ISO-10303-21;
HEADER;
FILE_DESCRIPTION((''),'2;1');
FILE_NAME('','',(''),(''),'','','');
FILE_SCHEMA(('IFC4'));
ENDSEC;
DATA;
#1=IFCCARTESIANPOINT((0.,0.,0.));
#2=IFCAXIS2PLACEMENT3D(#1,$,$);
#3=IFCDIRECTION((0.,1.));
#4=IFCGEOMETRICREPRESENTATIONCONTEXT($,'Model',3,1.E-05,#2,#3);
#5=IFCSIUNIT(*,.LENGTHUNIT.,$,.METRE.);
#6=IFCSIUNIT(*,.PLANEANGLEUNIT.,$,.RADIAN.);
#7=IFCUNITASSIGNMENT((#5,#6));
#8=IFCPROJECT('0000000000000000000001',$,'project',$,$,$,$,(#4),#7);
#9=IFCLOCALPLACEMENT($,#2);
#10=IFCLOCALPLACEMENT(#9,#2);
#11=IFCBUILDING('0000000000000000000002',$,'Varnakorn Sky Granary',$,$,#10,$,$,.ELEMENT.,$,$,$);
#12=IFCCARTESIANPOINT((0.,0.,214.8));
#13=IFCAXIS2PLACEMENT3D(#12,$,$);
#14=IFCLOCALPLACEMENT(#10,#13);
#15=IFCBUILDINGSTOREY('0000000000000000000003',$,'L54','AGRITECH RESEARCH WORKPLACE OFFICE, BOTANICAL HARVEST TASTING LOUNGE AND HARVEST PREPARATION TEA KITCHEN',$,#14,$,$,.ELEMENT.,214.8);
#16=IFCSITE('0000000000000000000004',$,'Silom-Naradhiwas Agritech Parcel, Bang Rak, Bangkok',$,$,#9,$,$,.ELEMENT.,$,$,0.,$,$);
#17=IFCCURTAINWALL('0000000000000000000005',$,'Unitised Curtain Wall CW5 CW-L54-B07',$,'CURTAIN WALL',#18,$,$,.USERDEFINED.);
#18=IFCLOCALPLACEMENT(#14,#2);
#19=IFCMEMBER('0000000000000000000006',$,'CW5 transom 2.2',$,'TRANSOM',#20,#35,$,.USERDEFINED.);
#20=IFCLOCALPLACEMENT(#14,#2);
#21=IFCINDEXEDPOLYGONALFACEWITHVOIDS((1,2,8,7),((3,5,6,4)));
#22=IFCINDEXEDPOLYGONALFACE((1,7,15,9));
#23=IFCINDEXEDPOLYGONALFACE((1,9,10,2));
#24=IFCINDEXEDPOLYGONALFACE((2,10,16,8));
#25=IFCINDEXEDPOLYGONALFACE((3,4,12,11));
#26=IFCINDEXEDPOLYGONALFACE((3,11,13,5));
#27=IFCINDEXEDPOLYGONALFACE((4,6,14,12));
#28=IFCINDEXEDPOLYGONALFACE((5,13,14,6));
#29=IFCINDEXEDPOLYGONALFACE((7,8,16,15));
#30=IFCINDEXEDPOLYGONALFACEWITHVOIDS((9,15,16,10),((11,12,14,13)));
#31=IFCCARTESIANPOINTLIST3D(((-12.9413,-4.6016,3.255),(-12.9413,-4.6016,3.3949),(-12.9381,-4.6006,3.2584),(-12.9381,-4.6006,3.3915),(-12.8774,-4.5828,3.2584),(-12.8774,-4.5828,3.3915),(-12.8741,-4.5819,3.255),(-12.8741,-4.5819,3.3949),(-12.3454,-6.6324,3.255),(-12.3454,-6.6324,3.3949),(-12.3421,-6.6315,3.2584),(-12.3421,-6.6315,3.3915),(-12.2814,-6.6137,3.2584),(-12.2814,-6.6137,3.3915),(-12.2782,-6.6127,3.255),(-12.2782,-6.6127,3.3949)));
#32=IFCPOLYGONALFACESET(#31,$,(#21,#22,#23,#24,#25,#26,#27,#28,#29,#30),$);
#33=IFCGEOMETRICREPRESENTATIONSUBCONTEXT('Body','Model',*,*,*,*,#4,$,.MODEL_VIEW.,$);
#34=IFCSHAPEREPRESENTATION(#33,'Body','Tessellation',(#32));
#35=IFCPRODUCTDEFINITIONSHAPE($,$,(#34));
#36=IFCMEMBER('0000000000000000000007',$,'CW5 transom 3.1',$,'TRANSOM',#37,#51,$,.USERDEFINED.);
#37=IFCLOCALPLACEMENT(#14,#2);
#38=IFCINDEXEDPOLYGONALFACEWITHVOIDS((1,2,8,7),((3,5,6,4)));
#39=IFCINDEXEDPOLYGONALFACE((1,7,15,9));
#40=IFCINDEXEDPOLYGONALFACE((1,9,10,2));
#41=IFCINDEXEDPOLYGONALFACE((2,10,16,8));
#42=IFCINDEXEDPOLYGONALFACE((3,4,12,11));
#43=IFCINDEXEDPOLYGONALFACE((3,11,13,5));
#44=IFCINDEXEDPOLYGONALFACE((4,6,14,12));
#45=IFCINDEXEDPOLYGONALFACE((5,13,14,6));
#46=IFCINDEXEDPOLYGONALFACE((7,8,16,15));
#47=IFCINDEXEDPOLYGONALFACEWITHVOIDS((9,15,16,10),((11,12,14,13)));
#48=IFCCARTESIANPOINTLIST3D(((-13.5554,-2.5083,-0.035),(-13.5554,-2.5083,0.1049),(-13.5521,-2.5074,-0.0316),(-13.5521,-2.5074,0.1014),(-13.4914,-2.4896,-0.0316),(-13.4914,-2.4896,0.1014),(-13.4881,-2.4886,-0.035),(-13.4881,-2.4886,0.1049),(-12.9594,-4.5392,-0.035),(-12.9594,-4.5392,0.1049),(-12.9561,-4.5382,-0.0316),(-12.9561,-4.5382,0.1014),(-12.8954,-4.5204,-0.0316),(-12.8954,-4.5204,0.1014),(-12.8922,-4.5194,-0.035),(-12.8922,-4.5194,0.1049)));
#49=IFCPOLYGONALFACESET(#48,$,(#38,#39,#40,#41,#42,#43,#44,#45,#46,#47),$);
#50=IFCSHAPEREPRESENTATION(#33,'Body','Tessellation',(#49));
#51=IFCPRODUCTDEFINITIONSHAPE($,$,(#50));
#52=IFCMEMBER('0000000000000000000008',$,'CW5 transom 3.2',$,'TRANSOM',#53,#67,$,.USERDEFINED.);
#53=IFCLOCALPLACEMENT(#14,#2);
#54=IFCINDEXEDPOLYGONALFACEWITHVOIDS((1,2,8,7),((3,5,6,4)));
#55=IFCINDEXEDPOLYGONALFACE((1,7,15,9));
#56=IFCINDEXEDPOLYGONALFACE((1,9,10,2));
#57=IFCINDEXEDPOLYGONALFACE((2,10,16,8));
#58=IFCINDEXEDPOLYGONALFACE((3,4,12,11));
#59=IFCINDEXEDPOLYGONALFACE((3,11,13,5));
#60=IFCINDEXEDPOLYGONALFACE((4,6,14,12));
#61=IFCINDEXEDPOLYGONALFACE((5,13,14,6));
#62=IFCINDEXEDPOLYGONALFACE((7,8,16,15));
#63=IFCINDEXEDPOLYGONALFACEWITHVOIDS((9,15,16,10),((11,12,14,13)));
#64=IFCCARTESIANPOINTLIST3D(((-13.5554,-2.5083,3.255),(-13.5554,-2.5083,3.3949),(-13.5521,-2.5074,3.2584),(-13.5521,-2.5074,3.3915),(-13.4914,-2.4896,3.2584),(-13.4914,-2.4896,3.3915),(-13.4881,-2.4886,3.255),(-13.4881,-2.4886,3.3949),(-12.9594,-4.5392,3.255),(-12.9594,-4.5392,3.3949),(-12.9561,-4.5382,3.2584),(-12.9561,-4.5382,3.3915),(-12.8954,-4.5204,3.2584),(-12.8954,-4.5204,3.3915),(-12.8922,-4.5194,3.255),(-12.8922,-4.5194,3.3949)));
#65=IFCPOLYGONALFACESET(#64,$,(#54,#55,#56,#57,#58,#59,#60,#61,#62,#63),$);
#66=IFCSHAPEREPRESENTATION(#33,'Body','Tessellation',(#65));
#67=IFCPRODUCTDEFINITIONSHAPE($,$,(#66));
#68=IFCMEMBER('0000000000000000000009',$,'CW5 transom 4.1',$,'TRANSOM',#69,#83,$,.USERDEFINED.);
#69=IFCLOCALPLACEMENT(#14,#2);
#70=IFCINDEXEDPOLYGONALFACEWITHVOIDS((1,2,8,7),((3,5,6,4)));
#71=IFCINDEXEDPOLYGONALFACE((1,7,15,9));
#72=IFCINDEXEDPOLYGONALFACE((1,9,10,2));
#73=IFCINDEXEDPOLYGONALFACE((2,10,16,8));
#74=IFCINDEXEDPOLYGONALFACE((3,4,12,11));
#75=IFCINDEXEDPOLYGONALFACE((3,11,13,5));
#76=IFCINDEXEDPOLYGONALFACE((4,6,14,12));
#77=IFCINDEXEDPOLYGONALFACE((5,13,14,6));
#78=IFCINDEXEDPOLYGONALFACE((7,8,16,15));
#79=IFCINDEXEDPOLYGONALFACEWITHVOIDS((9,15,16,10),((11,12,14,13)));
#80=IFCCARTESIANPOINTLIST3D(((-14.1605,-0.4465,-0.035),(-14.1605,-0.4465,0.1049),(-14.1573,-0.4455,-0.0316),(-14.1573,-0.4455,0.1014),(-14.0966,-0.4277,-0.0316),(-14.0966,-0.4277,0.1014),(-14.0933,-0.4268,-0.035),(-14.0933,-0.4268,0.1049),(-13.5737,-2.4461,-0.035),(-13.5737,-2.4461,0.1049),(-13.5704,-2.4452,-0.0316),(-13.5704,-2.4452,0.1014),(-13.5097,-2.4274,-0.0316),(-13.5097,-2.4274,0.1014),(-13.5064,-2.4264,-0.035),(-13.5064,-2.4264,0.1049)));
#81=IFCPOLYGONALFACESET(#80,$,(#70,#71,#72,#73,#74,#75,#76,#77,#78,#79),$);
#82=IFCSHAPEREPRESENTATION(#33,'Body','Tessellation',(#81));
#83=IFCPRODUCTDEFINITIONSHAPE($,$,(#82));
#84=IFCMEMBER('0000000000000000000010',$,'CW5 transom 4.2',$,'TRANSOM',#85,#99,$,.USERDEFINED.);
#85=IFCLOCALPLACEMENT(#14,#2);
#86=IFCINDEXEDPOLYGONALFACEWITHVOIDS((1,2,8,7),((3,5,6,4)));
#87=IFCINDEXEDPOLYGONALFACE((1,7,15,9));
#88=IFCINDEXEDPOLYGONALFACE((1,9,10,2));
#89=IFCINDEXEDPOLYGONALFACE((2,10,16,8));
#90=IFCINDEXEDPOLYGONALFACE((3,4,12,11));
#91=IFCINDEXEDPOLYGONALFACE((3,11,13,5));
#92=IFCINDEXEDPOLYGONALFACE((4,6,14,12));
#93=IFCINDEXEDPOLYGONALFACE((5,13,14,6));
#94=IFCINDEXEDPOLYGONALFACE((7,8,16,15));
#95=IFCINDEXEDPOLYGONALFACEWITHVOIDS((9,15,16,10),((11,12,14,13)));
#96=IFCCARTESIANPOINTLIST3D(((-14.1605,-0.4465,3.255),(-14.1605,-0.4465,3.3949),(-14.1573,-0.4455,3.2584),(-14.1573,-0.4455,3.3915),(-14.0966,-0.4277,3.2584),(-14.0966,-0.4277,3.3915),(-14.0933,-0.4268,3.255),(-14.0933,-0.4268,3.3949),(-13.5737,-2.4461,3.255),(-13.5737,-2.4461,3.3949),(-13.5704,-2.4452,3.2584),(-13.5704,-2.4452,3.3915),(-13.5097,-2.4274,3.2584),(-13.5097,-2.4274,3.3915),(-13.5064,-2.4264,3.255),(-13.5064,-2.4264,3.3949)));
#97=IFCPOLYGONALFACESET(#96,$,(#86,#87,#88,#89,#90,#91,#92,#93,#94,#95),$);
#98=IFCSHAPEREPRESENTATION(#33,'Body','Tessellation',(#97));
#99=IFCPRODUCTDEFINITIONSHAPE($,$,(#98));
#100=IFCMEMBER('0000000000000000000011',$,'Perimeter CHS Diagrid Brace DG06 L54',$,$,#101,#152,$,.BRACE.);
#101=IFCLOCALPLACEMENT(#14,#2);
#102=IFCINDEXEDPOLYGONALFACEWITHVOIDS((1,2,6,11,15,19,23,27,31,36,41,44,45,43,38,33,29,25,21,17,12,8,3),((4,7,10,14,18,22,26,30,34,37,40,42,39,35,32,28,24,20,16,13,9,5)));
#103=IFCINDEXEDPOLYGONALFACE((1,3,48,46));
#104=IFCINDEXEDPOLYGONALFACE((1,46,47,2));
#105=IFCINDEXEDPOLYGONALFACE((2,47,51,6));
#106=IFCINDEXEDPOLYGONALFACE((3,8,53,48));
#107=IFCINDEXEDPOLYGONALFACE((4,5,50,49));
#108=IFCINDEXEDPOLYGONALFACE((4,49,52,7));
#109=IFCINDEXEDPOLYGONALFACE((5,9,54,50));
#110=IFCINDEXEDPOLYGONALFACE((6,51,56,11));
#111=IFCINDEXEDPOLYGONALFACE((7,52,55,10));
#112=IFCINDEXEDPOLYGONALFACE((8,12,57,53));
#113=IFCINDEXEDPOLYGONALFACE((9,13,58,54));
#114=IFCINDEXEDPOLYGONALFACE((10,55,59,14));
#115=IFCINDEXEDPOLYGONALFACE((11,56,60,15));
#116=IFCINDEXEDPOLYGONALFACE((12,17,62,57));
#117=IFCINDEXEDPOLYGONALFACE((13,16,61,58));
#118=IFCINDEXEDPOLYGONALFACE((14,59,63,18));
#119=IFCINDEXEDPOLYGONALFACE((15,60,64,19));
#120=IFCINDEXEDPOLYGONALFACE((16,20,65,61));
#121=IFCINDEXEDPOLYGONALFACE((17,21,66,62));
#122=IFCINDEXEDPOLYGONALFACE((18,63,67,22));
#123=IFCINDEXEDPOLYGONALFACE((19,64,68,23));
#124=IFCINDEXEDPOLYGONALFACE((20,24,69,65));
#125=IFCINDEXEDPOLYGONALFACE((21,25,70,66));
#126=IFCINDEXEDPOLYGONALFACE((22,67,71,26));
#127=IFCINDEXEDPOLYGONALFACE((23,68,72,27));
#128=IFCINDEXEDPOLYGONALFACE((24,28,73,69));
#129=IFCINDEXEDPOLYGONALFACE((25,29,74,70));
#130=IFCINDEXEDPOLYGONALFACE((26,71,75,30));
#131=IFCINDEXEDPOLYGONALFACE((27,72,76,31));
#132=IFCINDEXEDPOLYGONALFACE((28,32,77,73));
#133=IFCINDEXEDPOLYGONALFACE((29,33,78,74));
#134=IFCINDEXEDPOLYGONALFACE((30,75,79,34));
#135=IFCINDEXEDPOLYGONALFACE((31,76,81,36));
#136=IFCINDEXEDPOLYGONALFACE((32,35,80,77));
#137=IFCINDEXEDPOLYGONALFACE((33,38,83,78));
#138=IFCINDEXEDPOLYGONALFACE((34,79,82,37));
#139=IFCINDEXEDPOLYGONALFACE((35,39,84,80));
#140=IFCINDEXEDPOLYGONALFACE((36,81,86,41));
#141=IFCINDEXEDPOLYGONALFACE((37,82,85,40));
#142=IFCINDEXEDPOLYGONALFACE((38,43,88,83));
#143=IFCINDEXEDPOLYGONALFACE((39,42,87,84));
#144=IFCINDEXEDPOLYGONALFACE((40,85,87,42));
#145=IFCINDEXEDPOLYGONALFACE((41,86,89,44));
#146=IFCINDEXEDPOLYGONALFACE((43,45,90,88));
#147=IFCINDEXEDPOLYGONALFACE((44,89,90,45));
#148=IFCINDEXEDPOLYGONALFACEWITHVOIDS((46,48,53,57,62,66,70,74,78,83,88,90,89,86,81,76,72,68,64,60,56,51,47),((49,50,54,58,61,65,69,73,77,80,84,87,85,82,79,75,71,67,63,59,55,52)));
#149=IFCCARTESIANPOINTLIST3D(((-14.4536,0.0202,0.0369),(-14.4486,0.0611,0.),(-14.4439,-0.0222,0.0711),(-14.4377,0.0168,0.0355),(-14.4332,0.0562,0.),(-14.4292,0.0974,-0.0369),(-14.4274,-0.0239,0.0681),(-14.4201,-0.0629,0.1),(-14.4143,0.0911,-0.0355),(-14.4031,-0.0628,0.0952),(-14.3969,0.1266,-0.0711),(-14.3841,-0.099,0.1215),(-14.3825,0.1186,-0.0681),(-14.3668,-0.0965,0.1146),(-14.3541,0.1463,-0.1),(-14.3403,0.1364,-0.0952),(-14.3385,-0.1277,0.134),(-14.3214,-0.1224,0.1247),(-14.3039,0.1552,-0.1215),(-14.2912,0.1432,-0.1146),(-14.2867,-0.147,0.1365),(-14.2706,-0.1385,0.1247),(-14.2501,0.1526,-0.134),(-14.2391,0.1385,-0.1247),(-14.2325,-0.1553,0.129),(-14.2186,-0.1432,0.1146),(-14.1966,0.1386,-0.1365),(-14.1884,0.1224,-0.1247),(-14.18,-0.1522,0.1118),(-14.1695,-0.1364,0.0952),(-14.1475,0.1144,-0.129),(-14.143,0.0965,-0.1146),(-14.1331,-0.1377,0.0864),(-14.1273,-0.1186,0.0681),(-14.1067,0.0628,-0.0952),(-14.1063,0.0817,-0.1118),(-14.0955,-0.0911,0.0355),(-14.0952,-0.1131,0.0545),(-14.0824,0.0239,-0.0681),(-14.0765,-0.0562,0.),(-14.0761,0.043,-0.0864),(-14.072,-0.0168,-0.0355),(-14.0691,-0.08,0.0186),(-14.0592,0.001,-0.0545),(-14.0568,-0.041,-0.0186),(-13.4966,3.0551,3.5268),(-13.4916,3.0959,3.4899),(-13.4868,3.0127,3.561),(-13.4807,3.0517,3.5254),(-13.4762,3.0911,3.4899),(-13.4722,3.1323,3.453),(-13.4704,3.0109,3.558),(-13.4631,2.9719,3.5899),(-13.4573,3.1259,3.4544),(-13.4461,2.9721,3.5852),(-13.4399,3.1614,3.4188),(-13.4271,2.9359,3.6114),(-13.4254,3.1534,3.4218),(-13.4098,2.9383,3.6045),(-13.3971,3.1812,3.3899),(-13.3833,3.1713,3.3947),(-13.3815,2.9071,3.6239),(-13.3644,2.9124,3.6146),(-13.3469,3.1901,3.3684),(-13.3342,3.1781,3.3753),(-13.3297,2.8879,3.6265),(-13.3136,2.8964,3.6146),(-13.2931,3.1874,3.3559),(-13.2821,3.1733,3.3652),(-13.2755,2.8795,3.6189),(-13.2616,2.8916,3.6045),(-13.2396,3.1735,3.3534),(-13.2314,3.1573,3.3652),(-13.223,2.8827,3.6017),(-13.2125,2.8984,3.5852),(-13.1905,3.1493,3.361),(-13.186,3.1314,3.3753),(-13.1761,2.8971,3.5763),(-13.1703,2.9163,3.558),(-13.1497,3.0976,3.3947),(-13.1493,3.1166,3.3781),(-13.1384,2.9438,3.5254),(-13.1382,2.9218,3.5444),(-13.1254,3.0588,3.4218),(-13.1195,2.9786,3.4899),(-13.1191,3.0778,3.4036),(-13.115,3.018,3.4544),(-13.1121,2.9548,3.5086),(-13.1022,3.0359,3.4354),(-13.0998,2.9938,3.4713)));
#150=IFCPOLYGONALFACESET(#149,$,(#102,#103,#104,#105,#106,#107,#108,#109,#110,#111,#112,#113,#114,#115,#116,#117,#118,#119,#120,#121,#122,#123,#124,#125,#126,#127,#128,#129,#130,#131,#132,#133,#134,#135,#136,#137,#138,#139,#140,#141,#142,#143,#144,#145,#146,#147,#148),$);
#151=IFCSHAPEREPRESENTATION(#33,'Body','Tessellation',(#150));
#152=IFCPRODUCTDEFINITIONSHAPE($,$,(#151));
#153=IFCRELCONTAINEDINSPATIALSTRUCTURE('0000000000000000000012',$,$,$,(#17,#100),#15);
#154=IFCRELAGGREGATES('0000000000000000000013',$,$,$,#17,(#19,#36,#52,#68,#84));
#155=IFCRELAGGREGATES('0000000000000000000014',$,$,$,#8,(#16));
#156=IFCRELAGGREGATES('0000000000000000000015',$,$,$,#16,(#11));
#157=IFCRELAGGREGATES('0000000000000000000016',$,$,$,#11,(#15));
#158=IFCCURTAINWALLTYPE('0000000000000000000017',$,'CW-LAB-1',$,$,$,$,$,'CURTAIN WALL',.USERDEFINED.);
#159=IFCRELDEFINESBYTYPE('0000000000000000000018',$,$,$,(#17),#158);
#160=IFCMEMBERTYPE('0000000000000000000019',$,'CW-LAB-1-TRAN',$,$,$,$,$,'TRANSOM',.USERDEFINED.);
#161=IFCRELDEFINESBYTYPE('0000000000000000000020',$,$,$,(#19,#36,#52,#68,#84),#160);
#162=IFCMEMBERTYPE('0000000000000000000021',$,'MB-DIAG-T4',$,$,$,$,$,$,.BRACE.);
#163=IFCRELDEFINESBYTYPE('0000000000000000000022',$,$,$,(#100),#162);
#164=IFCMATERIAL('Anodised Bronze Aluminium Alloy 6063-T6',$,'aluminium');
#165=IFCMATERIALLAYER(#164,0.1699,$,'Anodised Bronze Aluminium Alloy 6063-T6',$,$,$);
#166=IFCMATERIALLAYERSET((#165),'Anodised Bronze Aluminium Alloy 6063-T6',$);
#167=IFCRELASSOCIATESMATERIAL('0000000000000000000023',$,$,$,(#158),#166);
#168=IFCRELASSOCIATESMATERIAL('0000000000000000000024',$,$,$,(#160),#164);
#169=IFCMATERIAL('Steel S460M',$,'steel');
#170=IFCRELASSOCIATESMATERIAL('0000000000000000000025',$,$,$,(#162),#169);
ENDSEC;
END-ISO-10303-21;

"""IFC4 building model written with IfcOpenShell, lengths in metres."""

from ifc_helpers import new_model, si_unit, direction, frame, origin, origin_2d, place, context, subcontext, project, spatial, hollow_rectangle, hollow_circle, extrude, material, layer, layer_set, material_profile, profile_set, type_object, element, aggregate, save


model = new_model("IFC4")

# Units and contexts
model_context = context("Model", 3, precision=1e-05, world=origin(), true_north=direction((0.0, 1.0)))
body_context = subcontext(model_context, "Body", "Model", "MODEL_VIEW")
ifc_project = project(units=[si_unit("LENGTHUNIT", "METRE"), si_unit("PLANEANGLEUNIT", "RADIAN")], contexts=[model_context])

# Site, building, storey
site_placement = place(None, origin())
site = spatial("IfcSite", under=ifc_project, at=site_placement, Name="Silom-Naradhiwas Agritech Parcel, Bang Rak, Bangkok", CompositionType="ELEMENT", RefElevation=0.0)
building_placement = place(site_placement, origin())
building = spatial("IfcBuilding", under=site, at=building_placement, Name="Varnakorn Sky Granary", CompositionType="ELEMENT")
storey_placement = place(building_placement, frame((0.0, 0.0, 214.8)))
storey = spatial("IfcBuildingStorey", under=building, at=storey_placement, Name="L54", Description="AGRITECH RESEARCH WORKPLACE OFFICE, BOTANICAL HARVEST TASTING LOUNGE AND HARVEST PREPARATION TEA KITCHEN", CompositionType="ELEMENT", Elevation=214.8)

# Shared definitions
ifc_material_1 = material(Name="Steel S460M", Category="steel")

# Curtain wall, members
ifc_material_2 = material(Name="Anodised Bronze Aluminium Alloy 6063-T6", Category="aluminium")
ifc_layer_1 = layer(ifc_material_2, 0.1699, Name="Anodised Bronze Aluminium Alloy 6063-T6")
ifc_layer_set_1 = layer_set([ifc_layer_1], Name="Anodised Bronze Aluminium Alloy 6063-T6")
curtain_wall_type = type_object("IfcCurtainWallType", Name="CW-LAB-1", ElementType="CURTAIN WALL", PredefinedType="USERDEFINED", material=ifc_layer_set_1)
curtain_wall_placement = place(storey_placement, origin())
curtain_wall = element("IfcCurtainWall", 1, at=curtain_wall_placement, inside=storey, type_object=curtain_wall_type, Name="Unitised Curtain Wall CW5 CW-L54-B07", ObjectType="CURTAIN WALL", PredefinedType="USERDEFINED")
ifc_material_profile_1 = material_profile(ifc_material_2, hollow_rectangle(XDim=0.0701, YDim=0.1399, WallThickness=0.0034, at=origin_2d()), Name="ALU TRAN 70x140")
ifc_profile_set_1 = profile_set([ifc_material_profile_1], Name="Anodised Bronze Aluminium Alloy 6063-T6")
member_type_1 = type_object("IfcMemberType", Name="CW-LAB-1-TRAN", ElementType="TRANSOM", PredefinedType="USERDEFINED", material=ifc_profile_set_1)
member_1_placement = place(storey_placement, frame((-12.3118, -6.6226, 3.325), z_axis=(-0.281585, 0.959536, 0.0), x_axis=(-0.959536, -0.281585, 0.0)))
member_1 = element("IfcMember", 2, at=member_1_placement, type_object=member_type_1, Name="CW5 transom 2.2", ObjectType="TRANSOM", PredefinedType="USERDEFINED", context=body_context, shape_type="SweptSolid", body=[
    extrude(hollow_rectangle(XDim=0.0701, YDim=0.1399, WallThickness=0.0034, at=origin_2d()), origin(), (0.0, 0.0, 1.0), 2.1165),
])
member_2_placement = place(storey_placement, frame((-12.9258, -4.5293, 0.0349), z_axis=(-0.281585, 0.959536, 0.0), x_axis=(-0.959536, -0.281585, 0.0)))
member_2 = element("IfcMember", 3, at=member_2_placement, type_object=member_type_1, Name="CW5 transom 3.1", ObjectType="TRANSOM", PredefinedType="USERDEFINED", context=body_context, shape_type="SweptSolid", body=[
    extrude(hollow_rectangle(XDim=0.0701, YDim=0.1399, WallThickness=0.0034, at=origin_2d()), origin(), (0.0, 0.0, 1.0), 2.1165),
])
member_3_placement = place(storey_placement, frame((-12.9258, -4.5293, 3.325), z_axis=(-0.281585, 0.959536, 0.0), x_axis=(-0.959536, -0.281585, 0.0)))
member_3 = element("IfcMember", 4, at=member_3_placement, type_object=member_type_1, Name="CW5 transom 3.2", ObjectType="TRANSOM", PredefinedType="USERDEFINED", context=body_context, shape_type="SweptSolid", body=[
    extrude(hollow_rectangle(XDim=0.0701, YDim=0.1399, WallThickness=0.0034, at=origin_2d()), origin(), (0.0, 0.0, 1.0), 2.1165),
])
member_4_placement = place(storey_placement, frame((-13.54, -2.4363, 0.0349), z_axis=(-0.281615, 0.959528, 0.0), x_axis=(-0.959528, -0.281615, 0.0)))
member_4 = element("IfcMember", 5, at=member_4_placement, type_object=member_type_1, Name="CW5 transom 4.1", ObjectType="TRANSOM", PredefinedType="USERDEFINED", context=body_context, shape_type="SweptSolid", body=[
    extrude(hollow_rectangle(XDim=0.0701, YDim=0.1399, WallThickness=0.0034, at=origin_2d()), origin(), (0.0, 0.0, 1.0), 2.084),
])
member_5_placement = place(storey_placement, frame((-13.54, -2.4363, 3.325), z_axis=(-0.281615, 0.959528, 0.0), x_axis=(-0.959528, -0.281615, 0.0)))
member_5 = element("IfcMember", 6, at=member_5_placement, type_object=member_type_1, Name="CW5 transom 4.2", ObjectType="TRANSOM", PredefinedType="USERDEFINED", context=body_context, shape_type="SweptSolid", body=[
    extrude(hollow_rectangle(XDim=0.0701, YDim=0.1399, WallThickness=0.0034, at=origin_2d()), origin(), (0.0, 0.0, 1.0), 2.084),
])

# Member
ifc_material_profile_2 = material_profile(ifc_material_1, hollow_circle(Radius=0.2031, WallThickness=0.0161, at=origin_2d()), Name="CHS 406.4x16")
ifc_profile_set_2 = profile_set([ifc_material_profile_2], Name="Steel S460M")
member_type_2 = type_object("IfcMemberType", Name="MB-DIAG-T4", PredefinedType="BRACE", material=ifc_profile_set_2)
for number, where, z_axis, x_axis, name in (
    (7, (-14.2549, 0.0, 0.0), (0.202633, 0.642583, 0.738937), (-0.953705, 0.300742, 0.0), "Perimeter CHS Diagrid Brace DG06 L54"),
):
    element("IfcMember", number, at=place(storey_placement, frame(where, z_axis=z_axis, x_axis=x_axis)), inside=storey, type_object=member_type_2, Name=name, PredefinedType="BRACE", context=body_context, shape_type="SweptSolid", body=[
        extrude(hollow_circle(Radius=0.2031, WallThickness=0.0161, at=origin_2d()), origin(), (0.0, 0.0, 1.0), 4.7229),
    ])

aggregate(curtain_wall, [member_1, member_2, member_3, member_4, member_5])

save(model, "model.ifc")
